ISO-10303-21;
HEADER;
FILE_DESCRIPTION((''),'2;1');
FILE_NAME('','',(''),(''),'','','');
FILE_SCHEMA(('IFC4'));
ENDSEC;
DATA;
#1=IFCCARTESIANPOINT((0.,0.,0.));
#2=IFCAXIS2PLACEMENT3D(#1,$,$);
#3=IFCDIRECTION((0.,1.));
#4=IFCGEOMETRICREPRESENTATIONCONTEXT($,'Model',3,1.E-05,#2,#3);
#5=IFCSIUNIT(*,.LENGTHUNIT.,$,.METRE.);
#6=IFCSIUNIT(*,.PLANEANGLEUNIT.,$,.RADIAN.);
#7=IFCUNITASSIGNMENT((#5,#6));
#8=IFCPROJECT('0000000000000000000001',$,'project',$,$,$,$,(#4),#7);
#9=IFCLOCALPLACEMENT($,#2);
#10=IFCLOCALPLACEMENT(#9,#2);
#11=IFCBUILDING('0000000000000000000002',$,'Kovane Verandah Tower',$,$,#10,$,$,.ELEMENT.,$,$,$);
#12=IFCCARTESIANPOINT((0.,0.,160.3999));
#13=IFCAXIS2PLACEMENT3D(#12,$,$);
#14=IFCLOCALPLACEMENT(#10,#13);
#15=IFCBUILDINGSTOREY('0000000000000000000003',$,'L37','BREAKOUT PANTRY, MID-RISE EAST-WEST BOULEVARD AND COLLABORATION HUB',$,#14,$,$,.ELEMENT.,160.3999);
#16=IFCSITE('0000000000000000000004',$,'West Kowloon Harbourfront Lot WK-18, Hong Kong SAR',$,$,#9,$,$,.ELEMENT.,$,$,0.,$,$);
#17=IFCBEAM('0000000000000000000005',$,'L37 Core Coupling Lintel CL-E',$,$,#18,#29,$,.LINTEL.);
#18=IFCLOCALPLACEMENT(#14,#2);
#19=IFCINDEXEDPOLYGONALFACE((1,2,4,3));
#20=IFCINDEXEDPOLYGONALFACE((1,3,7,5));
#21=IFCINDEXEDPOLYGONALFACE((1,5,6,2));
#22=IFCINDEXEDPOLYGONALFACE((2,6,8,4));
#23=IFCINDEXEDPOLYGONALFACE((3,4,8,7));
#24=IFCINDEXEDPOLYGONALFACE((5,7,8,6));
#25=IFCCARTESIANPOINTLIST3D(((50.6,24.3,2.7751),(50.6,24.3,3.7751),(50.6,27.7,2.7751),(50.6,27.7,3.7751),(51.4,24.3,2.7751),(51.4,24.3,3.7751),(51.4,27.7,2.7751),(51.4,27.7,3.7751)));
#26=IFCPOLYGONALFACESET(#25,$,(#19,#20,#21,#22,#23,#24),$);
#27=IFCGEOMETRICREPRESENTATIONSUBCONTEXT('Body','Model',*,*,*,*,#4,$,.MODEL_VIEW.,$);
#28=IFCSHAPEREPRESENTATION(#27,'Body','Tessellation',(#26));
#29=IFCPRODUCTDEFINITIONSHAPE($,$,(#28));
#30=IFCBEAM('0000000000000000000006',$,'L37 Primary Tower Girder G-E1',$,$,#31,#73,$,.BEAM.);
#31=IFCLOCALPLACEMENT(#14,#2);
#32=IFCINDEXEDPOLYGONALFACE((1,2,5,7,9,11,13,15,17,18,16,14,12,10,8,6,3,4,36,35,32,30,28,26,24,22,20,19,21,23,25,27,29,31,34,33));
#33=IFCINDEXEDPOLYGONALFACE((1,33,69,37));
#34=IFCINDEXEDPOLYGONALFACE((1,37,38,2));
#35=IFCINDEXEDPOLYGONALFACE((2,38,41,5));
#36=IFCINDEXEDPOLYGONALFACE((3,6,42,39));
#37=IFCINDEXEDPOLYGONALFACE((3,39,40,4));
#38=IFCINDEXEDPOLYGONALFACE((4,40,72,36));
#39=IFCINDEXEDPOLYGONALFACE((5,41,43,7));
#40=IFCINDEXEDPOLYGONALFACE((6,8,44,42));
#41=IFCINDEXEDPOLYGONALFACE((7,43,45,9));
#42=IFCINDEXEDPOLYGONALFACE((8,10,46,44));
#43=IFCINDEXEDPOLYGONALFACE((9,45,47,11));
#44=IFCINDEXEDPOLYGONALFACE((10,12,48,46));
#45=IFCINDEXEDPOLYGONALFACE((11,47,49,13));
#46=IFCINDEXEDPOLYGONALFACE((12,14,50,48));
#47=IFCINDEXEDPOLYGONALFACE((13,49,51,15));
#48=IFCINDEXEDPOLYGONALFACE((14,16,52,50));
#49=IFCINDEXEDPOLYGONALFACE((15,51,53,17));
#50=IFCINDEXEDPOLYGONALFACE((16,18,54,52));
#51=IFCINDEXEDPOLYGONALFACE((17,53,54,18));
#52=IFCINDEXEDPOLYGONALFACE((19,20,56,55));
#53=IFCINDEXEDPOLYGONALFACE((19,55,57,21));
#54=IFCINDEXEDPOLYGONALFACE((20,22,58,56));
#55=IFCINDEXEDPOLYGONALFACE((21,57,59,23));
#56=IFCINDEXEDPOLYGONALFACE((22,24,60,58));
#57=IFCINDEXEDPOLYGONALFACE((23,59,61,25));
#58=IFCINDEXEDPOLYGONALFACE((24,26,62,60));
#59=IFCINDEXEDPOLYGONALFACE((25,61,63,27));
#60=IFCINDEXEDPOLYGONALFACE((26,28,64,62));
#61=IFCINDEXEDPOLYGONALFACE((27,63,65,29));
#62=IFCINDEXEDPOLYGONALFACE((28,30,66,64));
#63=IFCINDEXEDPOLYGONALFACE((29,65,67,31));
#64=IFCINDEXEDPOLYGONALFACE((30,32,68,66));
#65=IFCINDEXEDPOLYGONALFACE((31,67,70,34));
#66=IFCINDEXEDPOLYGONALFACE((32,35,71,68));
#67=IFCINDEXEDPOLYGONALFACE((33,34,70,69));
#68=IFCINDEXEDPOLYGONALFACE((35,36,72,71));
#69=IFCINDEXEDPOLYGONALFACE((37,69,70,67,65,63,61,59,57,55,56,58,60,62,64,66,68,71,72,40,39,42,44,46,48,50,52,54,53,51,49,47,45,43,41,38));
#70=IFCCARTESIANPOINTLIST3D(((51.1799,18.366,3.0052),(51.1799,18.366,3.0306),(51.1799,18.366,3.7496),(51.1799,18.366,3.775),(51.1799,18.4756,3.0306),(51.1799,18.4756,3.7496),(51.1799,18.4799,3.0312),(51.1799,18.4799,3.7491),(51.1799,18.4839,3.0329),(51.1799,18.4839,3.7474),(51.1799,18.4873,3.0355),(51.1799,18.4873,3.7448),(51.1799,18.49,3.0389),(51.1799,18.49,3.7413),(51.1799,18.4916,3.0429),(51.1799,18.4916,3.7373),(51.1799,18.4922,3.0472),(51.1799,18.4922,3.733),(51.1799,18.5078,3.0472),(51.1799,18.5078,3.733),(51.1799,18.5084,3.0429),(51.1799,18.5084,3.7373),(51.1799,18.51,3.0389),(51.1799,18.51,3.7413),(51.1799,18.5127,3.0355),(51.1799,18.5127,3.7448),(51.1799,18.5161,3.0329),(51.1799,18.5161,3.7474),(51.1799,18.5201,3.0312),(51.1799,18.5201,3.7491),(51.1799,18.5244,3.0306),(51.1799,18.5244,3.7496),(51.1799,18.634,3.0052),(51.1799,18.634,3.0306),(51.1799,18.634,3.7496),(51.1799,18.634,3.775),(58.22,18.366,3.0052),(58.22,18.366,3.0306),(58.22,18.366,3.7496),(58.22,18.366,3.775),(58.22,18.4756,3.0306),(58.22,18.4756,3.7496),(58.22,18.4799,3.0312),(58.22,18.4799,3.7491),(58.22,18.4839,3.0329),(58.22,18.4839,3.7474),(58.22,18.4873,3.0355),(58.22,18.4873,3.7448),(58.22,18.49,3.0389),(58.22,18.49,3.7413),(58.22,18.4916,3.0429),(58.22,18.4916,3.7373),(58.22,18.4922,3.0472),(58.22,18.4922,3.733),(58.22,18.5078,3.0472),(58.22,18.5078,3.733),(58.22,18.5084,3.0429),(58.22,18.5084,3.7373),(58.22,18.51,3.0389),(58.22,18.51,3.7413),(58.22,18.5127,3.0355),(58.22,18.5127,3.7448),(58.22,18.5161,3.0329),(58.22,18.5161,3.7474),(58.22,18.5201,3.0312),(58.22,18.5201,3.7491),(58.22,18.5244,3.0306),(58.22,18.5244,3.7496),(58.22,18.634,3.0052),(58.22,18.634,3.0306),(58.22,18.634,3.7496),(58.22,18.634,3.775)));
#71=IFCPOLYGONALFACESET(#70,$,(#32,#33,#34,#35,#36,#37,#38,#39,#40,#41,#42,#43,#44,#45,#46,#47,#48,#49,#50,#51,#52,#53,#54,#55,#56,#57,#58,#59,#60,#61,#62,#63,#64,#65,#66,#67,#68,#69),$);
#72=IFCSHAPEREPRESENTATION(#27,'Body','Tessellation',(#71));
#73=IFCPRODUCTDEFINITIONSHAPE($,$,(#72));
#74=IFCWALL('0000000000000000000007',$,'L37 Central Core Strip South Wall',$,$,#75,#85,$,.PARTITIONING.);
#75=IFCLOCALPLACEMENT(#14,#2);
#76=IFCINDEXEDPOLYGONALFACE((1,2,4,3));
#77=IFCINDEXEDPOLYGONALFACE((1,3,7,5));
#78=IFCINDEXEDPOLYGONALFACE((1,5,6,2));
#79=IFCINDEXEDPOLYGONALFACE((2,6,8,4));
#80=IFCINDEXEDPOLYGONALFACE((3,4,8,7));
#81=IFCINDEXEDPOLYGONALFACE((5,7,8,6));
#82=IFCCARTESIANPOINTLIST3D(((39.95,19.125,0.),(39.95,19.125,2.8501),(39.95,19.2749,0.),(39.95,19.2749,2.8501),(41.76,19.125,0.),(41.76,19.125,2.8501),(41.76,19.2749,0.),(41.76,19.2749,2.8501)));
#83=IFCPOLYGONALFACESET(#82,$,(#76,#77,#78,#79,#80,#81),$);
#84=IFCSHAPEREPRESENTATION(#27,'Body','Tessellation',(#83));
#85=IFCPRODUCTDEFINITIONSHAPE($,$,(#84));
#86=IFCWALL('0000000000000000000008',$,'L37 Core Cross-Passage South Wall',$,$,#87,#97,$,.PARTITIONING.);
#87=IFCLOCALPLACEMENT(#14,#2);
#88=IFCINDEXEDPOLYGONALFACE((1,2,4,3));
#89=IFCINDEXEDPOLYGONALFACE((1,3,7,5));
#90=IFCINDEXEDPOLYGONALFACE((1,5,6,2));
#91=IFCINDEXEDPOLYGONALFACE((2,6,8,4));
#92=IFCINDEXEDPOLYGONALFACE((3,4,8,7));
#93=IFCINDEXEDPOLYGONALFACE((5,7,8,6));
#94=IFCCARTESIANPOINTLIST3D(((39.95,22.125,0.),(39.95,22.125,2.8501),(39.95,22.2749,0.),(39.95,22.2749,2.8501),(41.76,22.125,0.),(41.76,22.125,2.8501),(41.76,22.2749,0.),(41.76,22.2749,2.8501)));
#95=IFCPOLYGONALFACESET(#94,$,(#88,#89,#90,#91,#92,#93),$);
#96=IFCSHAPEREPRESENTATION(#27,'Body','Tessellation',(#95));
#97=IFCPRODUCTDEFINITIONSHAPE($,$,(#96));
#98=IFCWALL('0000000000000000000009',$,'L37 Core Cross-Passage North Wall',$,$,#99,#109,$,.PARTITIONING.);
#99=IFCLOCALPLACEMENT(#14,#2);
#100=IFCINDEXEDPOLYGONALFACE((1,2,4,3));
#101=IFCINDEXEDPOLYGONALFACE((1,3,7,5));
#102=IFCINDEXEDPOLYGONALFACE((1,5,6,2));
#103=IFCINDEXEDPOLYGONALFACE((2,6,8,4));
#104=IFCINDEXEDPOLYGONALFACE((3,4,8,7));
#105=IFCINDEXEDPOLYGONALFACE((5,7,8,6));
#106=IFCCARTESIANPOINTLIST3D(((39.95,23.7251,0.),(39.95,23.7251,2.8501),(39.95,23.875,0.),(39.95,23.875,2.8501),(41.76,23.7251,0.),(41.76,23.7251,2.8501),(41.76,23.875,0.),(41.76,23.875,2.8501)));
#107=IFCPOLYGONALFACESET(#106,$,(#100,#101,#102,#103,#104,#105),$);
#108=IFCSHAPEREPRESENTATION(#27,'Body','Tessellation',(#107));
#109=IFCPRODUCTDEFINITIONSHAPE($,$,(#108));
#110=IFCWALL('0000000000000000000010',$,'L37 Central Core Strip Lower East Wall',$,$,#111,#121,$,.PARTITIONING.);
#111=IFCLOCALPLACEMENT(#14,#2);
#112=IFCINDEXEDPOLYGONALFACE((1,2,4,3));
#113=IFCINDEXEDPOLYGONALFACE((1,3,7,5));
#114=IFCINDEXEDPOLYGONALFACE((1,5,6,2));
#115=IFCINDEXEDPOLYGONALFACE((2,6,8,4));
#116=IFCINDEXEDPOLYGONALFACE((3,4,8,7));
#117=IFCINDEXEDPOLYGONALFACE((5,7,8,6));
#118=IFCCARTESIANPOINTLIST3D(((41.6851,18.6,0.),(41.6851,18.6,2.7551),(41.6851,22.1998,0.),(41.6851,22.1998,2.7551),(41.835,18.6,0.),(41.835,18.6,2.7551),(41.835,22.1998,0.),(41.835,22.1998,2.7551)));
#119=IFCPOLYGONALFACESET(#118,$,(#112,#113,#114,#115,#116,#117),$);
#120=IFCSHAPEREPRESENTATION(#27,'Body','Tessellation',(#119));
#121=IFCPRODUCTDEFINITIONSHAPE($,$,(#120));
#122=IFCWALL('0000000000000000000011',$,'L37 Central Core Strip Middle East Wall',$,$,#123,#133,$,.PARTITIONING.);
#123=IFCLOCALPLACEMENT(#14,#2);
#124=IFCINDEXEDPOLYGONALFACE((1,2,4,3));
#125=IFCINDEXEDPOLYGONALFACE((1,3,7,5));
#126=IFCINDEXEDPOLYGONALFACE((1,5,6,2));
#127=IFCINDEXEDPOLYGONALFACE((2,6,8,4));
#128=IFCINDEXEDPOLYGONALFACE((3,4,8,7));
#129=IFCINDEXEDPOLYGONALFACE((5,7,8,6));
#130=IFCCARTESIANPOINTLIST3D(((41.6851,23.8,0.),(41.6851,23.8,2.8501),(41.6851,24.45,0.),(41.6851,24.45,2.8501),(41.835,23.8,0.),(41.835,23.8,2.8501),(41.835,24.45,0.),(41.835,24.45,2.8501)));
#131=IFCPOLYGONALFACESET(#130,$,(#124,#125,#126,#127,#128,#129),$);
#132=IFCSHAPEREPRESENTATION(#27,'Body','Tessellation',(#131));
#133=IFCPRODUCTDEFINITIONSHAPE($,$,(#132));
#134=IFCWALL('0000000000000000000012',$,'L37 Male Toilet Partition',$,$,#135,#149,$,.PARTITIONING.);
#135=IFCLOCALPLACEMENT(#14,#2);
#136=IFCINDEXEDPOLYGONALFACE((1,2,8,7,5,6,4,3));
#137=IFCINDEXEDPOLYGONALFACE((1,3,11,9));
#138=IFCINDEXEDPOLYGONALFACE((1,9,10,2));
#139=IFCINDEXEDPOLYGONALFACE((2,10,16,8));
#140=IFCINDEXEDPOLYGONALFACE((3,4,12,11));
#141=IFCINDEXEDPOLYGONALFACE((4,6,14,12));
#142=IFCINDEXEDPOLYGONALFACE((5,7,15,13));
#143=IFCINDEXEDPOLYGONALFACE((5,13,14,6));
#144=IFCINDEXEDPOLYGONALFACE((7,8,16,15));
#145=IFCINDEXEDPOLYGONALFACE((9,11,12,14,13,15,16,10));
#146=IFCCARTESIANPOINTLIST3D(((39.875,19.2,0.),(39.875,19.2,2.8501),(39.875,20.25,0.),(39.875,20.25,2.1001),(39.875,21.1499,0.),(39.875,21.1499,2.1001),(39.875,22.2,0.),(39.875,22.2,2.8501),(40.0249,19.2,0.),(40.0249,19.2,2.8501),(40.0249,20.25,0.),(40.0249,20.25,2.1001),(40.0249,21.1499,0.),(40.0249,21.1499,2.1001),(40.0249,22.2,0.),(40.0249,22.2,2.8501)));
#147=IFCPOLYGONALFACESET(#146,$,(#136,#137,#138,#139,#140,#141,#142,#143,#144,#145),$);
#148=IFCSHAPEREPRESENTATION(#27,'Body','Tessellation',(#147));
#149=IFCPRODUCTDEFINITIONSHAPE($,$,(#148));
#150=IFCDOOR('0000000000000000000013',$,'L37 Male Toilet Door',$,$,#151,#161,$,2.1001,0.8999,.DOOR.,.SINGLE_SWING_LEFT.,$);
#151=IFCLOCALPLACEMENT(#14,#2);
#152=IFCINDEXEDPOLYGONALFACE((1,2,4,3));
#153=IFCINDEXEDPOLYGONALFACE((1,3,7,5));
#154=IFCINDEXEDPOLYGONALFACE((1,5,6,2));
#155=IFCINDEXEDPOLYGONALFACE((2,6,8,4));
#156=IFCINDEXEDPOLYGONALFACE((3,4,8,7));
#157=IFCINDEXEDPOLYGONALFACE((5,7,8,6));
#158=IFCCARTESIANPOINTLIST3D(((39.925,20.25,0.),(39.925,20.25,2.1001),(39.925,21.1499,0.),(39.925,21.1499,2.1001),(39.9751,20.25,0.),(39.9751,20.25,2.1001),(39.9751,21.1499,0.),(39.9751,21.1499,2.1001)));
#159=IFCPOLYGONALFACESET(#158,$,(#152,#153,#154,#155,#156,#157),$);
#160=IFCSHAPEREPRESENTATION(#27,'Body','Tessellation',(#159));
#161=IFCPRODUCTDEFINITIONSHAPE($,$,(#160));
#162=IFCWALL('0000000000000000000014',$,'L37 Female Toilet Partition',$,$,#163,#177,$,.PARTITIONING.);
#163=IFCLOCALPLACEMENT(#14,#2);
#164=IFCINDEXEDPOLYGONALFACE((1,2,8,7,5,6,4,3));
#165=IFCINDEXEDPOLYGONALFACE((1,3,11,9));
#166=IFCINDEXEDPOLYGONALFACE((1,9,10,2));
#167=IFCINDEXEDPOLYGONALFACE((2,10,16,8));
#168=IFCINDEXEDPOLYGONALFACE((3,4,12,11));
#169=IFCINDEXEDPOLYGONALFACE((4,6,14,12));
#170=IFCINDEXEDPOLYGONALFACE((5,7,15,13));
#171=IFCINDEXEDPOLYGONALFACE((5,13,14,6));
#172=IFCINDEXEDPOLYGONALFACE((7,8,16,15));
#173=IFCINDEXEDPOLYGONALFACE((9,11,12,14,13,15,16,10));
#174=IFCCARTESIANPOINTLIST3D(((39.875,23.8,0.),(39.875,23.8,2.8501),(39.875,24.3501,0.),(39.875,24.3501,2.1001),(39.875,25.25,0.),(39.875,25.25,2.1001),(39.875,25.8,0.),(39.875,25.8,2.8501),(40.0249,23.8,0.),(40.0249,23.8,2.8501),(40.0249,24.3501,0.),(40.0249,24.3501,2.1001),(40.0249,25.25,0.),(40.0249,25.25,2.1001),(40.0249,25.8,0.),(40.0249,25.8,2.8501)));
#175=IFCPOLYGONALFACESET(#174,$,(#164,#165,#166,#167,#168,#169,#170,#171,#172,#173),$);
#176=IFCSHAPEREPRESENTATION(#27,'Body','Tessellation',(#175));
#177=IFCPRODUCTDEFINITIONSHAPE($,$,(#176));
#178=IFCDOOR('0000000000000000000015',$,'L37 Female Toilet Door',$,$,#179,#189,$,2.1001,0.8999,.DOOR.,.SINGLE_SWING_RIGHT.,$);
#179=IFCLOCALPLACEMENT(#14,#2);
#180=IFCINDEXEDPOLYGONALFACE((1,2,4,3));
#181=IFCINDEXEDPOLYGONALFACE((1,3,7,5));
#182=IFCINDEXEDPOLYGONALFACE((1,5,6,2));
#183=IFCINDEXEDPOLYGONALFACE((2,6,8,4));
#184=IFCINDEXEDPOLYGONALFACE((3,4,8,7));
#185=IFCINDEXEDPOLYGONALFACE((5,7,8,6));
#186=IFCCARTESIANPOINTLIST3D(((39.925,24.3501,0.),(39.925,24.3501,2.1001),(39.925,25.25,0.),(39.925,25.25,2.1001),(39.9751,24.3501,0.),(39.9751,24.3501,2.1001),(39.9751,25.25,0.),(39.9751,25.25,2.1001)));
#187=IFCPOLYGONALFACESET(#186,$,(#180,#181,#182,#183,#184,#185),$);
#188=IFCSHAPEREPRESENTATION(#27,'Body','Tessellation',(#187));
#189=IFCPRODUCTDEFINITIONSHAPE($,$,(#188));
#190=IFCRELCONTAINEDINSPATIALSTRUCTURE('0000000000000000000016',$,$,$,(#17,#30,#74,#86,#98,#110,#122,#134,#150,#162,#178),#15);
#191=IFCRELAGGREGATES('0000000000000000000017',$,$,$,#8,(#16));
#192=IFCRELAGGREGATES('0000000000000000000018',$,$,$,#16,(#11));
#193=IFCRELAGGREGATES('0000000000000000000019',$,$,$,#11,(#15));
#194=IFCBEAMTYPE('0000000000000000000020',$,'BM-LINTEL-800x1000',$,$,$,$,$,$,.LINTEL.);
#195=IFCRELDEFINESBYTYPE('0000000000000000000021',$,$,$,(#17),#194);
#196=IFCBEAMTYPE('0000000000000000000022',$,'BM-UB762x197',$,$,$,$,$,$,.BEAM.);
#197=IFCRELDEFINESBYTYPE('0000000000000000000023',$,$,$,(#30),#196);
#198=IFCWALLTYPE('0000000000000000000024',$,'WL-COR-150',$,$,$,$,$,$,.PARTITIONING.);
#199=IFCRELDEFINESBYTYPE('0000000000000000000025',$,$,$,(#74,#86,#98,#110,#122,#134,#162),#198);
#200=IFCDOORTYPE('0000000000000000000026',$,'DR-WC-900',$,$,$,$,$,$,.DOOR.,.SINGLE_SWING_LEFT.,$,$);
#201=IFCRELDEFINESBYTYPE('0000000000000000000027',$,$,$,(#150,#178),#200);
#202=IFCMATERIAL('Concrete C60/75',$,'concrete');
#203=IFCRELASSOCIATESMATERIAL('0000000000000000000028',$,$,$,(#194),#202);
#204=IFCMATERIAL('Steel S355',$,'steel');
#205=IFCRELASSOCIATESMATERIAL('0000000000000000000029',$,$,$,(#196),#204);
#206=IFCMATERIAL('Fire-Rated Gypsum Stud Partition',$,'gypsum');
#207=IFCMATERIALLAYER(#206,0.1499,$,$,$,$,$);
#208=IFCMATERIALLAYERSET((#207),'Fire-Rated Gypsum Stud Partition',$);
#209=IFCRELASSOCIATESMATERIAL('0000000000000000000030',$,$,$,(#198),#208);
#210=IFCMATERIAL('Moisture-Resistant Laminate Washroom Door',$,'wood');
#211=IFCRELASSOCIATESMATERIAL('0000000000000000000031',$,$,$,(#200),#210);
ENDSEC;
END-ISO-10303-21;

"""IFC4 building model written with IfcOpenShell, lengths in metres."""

from ifc_helpers import new_model, si_unit, direction, frame, frame_2d, origin, origin_2d, place, context, subcontext, project, spatial, rectangle, i_section, extrude, material, layer, layer_set, material_profile, profile_set, type_object, element, fill, save


model = new_model("IFC4")

# Units and contexts
model_context = context("Model", 3, precision=1e-05, world=origin(), true_north=direction((0.0, 1.0)))
body_context = subcontext(model_context, "Body", "Model", "MODEL_VIEW")
ifc_project = project(units=[si_unit("LENGTHUNIT", "METRE"), si_unit("PLANEANGLEUNIT", "RADIAN")], contexts=[model_context])

# Site, building, storey
site_placement = place(None, origin())
site = spatial("IfcSite", under=ifc_project, at=site_placement, Name="West Kowloon Harbourfront Lot WK-18, Hong Kong SAR", CompositionType="ELEMENT", RefElevation=0.0)
building_placement = place(site_placement, origin())
building = spatial("IfcBuilding", under=site, at=building_placement, Name="Kovane Verandah Tower", CompositionType="ELEMENT")
storey_placement = place(building_placement, frame((0.0, 0.0, 160.3999)))
storey = spatial("IfcBuildingStorey", under=building, at=storey_placement, Name="L37", Description="BREAKOUT PANTRY, MID-RISE EAST-WEST BOULEVARD AND COLLABORATION HUB", CompositionType="ELEMENT", Elevation=160.3999)

# Beams
ifc_material_1 = material(Name="Concrete C60/75", Category="concrete")
ifc_material_profile_1 = material_profile(ifc_material_1, rectangle(XDim=0.8, YDim=1.0, at=origin_2d()), Name="RCB800x1000")
ifc_profile_set_1 = profile_set([ifc_material_profile_1], Name="Concrete C60/75")
beam_type_1 = type_object("IfcBeamType", Name="BM-LINTEL-800x1000", PredefinedType="LINTEL", material=ifc_profile_set_1)
beam_1_placement = place(storey_placement, frame((51.0, 24.3, 3.2751), z_axis=(0.0, 1.0, 0.0), x_axis=(-1.0, 0.0, 0.0)))
element("IfcBeam", 1, at=beam_1_placement, inside=storey, type_object=beam_type_1, Name="L37 Core Coupling Lintel CL-E", PredefinedType="LINTEL", context=body_context, shape_type="SweptSolid", body=[
    extrude(rectangle(XDim=0.8, YDim=1.0, at=origin_2d()), origin(), (0.0, 0.0, 1.0), 3.3999),
])
ifc_material_2 = material(Name="Steel S355", Category="steel")
ifc_material_profile_2 = material_profile(ifc_material_2, i_section(OverallWidth=0.2681, OverallDepth=0.7698, WebThickness=0.0156, FlangeThickness=0.0254, FilletRadius=0.0166, at=origin_2d()), Name="UB762x267x197")
ifc_profile_set_2 = profile_set([ifc_material_profile_2], Name="Steel S355")
beam_type_2 = type_object("IfcBeamType", Name="BM-UB762x197", PredefinedType="BEAM", material=ifc_profile_set_2)
beam_2_placement = place(storey_placement, frame((51.1799, 18.5, 3.3901), z_axis=(1.0, 0.0, 0.0), x_axis=(0.0, 1.0, 0.0)))
element("IfcBeam", 2, at=beam_2_placement, inside=storey, type_object=beam_type_2, Name="L37 Primary Tower Girder G-E1", PredefinedType="BEAM", context=body_context, shape_type="SweptSolid", body=[
    extrude(i_section(OverallWidth=0.2681, OverallDepth=0.7698, WebThickness=0.0156, FlangeThickness=0.0254, FilletRadius=0.0166, at=origin_2d()), origin(), (0.0, 0.0, 1.0), 7.04),
])

# Walls
ifc_material_3 = material(Name="Fire-Rated Gypsum Stud Partition", Category="gypsum")
ifc_layer_1 = layer(ifc_material_3, 0.1499)
ifc_layer_set_1 = layer_set([ifc_layer_1], Name="Fire-Rated Gypsum Stud Partition")
wall_type_1 = type_object("IfcWallType", Name="WL-COR-150", PredefinedType="PARTITIONING", material=ifc_layer_set_1)
for number, where, z_axis, x_axis, name in (
    (3, (39.95, 19.2, 0.0), (0.0, 0.0, 1.0), (1.0, 0.0, 0.0), "L37 Central Core Strip South Wall"),
    (4, (39.95, 22.2, 0.0), (0.0, 0.0, 1.0), (1.0, 0.0, 0.0), "L37 Core Cross-Passage South Wall"),
    (5, (39.95, 23.8, 0.0), (0.0, 0.0, 1.0), (1.0, 0.0, 0.0), "L37 Core Cross-Passage North Wall"),
):
    element("IfcWall", number, at=place(storey_placement, frame(where, z_axis=z_axis, x_axis=x_axis)), inside=storey, type_object=wall_type_1, Name=name, PredefinedType="PARTITIONING", context=body_context, shape_type="SweptSolid", body=[
        extrude(rectangle(XDim=1.8101, YDim=0.1499, at=frame_2d((0.905, 0.0))), origin(), (0.0, 0.0, 1.0), 2.8501),
    ])
wall_1_placement = place(storey_placement, frame((41.76, 18.6001, 0.0), z_axis=(0.0, 0.0, 1.0), x_axis=(0.0, 1.0, 0.0)))
element("IfcWall", 6, at=wall_1_placement, inside=storey, type_object=wall_type_1, Name="L37 Central Core Strip Lower East Wall", PredefinedType="PARTITIONING", context=body_context, shape_type="SweptSolid", body=[
    extrude(rectangle(XDim=3.5999, YDim=0.1499, at=frame_2d((1.7998, 0.0))), origin(), (0.0, 0.0, 1.0), 2.7551),
])
wall_2_placement = place(storey_placement, frame((41.76, 23.8, 0.0), z_axis=(0.0, 0.0, 1.0), x_axis=(0.0, 1.0, 0.0)))
element("IfcWall", 7, at=wall_2_placement, inside=storey, type_object=wall_type_1, Name="L37 Central Core Strip Middle East Wall", PredefinedType="PARTITIONING", context=body_context, shape_type="SweptSolid", body=[
    extrude(rectangle(XDim=0.6499, YDim=0.1499, at=frame_2d((0.325, 0.0))), origin(), (0.0, 0.0, 1.0), 2.8501),
])

# Walls, openings, doors
wall_3_placement = place(storey_placement, frame((39.95, 19.2, 0.0), z_axis=(0.0, 0.0, 1.0), x_axis=(0.0, 1.0, 0.0)))
wall_3 = element("IfcWall", 8, at=wall_3_placement, inside=storey, type_object=wall_type_1, Name="L37 Male Toilet Partition", PredefinedType="PARTITIONING", context=body_context, shape_type="SweptSolid", body=[
    extrude(rectangle(XDim=3.0, YDim=0.1499, at=frame_2d((1.5, 0.0))), origin(), (0.0, 0.0, 1.0), 2.8501),
])
opening_1_placement = place(wall_3_placement, frame((1.05, 0.0, 0.0)))
opening_1 = element("IfcOpeningElement", 9, at=opening_1_placement, cuts=wall_3, PredefinedType="OPENING", context=body_context, shape_type="SweptSolid", body=[
    extrude(rectangle(XDim=0.8999, YDim=2.1001, at=frame_2d((0.45, 1.05))), frame((0.0, 0.075, 0.0), z_axis=(0.0, -1.0, 0.0), x_axis=(1.0, 0.0, 0.0)), (0.0, 0.0, 1.0), 0.1499),
])
ifc_material_4 = material(Name="Moisture-Resistant Laminate Washroom Door", Category="wood")
door_type_1 = type_object("IfcDoorType", Name="DR-WC-900", OperationType="SINGLE_SWING_LEFT", PredefinedType="DOOR", material=ifc_material_4)
door_1_placement = place(opening_1_placement, origin())
door_1 = element("IfcDoor", 10, at=door_1_placement, inside=storey, type_object=door_type_1, Name="L37 Male Toilet Door", OperationType="SINGLE_SWING_LEFT", OverallHeight=2.1001, OverallWidth=0.8999, PredefinedType="DOOR", context=body_context, shape_type="SweptSolid", body=[
    extrude(rectangle(XDim=0.8999, YDim=2.1001, at=frame_2d((0.45, 1.05))), frame((0.0, 0.0249, 0.0), z_axis=(0.0, -1.0, 0.0), x_axis=(1.0, 0.0, 0.0)), (0.0, 0.0, 1.0), 0.05),
])
fill(opening_1, door_1)
wall_4_placement = place(storey_placement, frame((39.95, 23.8, 0.0), z_axis=(0.0, 0.0, 1.0), x_axis=(0.0, 1.0, 0.0)))
wall_4 = element("IfcWall", 11, at=wall_4_placement, inside=storey, type_object=wall_type_1, Name="L37 Female Toilet Partition", PredefinedType="PARTITIONING", context=body_context, shape_type="SweptSolid", body=[
    extrude(rectangle(XDim=2.0, YDim=0.1499, at=frame_2d((1.0, 0.0))), origin(), (0.0, 0.0, 1.0), 2.8501),
])
opening_2_placement = place(wall_4_placement, frame((0.55, 0.0, 0.0)))
opening_2 = element("IfcOpeningElement", 12, at=opening_2_placement, cuts=wall_4, PredefinedType="OPENING", context=body_context, shape_type="SweptSolid", body=[
    extrude(rectangle(XDim=0.8999, YDim=2.1001, at=frame_2d((0.45, 1.05))), frame((0.0, 0.075, 0.0), z_axis=(0.0, -1.0, 0.0), x_axis=(1.0, 0.0, 0.0)), (0.0, 0.0, 1.0), 0.1499),
])
door_2_placement = place(opening_2_placement, origin())
door_2 = element("IfcDoor", 13, at=door_2_placement, inside=storey, type_object=door_type_1, Name="L37 Female Toilet Door", OperationType="SINGLE_SWING_RIGHT", OverallHeight=2.1001, OverallWidth=0.8999, PredefinedType="DOOR", context=body_context, shape_type="SweptSolid", body=[
    extrude(rectangle(XDim=0.8999, YDim=2.1001, at=frame_2d((0.45, 1.05))), frame((0.0, 0.0249, 0.0), z_axis=(0.0, -1.0, 0.0), x_axis=(1.0, 0.0, 0.0)), (0.0, 0.0, 1.0), 0.05),
])
fill(opening_2, door_2)

save(model, "model.ifc")
